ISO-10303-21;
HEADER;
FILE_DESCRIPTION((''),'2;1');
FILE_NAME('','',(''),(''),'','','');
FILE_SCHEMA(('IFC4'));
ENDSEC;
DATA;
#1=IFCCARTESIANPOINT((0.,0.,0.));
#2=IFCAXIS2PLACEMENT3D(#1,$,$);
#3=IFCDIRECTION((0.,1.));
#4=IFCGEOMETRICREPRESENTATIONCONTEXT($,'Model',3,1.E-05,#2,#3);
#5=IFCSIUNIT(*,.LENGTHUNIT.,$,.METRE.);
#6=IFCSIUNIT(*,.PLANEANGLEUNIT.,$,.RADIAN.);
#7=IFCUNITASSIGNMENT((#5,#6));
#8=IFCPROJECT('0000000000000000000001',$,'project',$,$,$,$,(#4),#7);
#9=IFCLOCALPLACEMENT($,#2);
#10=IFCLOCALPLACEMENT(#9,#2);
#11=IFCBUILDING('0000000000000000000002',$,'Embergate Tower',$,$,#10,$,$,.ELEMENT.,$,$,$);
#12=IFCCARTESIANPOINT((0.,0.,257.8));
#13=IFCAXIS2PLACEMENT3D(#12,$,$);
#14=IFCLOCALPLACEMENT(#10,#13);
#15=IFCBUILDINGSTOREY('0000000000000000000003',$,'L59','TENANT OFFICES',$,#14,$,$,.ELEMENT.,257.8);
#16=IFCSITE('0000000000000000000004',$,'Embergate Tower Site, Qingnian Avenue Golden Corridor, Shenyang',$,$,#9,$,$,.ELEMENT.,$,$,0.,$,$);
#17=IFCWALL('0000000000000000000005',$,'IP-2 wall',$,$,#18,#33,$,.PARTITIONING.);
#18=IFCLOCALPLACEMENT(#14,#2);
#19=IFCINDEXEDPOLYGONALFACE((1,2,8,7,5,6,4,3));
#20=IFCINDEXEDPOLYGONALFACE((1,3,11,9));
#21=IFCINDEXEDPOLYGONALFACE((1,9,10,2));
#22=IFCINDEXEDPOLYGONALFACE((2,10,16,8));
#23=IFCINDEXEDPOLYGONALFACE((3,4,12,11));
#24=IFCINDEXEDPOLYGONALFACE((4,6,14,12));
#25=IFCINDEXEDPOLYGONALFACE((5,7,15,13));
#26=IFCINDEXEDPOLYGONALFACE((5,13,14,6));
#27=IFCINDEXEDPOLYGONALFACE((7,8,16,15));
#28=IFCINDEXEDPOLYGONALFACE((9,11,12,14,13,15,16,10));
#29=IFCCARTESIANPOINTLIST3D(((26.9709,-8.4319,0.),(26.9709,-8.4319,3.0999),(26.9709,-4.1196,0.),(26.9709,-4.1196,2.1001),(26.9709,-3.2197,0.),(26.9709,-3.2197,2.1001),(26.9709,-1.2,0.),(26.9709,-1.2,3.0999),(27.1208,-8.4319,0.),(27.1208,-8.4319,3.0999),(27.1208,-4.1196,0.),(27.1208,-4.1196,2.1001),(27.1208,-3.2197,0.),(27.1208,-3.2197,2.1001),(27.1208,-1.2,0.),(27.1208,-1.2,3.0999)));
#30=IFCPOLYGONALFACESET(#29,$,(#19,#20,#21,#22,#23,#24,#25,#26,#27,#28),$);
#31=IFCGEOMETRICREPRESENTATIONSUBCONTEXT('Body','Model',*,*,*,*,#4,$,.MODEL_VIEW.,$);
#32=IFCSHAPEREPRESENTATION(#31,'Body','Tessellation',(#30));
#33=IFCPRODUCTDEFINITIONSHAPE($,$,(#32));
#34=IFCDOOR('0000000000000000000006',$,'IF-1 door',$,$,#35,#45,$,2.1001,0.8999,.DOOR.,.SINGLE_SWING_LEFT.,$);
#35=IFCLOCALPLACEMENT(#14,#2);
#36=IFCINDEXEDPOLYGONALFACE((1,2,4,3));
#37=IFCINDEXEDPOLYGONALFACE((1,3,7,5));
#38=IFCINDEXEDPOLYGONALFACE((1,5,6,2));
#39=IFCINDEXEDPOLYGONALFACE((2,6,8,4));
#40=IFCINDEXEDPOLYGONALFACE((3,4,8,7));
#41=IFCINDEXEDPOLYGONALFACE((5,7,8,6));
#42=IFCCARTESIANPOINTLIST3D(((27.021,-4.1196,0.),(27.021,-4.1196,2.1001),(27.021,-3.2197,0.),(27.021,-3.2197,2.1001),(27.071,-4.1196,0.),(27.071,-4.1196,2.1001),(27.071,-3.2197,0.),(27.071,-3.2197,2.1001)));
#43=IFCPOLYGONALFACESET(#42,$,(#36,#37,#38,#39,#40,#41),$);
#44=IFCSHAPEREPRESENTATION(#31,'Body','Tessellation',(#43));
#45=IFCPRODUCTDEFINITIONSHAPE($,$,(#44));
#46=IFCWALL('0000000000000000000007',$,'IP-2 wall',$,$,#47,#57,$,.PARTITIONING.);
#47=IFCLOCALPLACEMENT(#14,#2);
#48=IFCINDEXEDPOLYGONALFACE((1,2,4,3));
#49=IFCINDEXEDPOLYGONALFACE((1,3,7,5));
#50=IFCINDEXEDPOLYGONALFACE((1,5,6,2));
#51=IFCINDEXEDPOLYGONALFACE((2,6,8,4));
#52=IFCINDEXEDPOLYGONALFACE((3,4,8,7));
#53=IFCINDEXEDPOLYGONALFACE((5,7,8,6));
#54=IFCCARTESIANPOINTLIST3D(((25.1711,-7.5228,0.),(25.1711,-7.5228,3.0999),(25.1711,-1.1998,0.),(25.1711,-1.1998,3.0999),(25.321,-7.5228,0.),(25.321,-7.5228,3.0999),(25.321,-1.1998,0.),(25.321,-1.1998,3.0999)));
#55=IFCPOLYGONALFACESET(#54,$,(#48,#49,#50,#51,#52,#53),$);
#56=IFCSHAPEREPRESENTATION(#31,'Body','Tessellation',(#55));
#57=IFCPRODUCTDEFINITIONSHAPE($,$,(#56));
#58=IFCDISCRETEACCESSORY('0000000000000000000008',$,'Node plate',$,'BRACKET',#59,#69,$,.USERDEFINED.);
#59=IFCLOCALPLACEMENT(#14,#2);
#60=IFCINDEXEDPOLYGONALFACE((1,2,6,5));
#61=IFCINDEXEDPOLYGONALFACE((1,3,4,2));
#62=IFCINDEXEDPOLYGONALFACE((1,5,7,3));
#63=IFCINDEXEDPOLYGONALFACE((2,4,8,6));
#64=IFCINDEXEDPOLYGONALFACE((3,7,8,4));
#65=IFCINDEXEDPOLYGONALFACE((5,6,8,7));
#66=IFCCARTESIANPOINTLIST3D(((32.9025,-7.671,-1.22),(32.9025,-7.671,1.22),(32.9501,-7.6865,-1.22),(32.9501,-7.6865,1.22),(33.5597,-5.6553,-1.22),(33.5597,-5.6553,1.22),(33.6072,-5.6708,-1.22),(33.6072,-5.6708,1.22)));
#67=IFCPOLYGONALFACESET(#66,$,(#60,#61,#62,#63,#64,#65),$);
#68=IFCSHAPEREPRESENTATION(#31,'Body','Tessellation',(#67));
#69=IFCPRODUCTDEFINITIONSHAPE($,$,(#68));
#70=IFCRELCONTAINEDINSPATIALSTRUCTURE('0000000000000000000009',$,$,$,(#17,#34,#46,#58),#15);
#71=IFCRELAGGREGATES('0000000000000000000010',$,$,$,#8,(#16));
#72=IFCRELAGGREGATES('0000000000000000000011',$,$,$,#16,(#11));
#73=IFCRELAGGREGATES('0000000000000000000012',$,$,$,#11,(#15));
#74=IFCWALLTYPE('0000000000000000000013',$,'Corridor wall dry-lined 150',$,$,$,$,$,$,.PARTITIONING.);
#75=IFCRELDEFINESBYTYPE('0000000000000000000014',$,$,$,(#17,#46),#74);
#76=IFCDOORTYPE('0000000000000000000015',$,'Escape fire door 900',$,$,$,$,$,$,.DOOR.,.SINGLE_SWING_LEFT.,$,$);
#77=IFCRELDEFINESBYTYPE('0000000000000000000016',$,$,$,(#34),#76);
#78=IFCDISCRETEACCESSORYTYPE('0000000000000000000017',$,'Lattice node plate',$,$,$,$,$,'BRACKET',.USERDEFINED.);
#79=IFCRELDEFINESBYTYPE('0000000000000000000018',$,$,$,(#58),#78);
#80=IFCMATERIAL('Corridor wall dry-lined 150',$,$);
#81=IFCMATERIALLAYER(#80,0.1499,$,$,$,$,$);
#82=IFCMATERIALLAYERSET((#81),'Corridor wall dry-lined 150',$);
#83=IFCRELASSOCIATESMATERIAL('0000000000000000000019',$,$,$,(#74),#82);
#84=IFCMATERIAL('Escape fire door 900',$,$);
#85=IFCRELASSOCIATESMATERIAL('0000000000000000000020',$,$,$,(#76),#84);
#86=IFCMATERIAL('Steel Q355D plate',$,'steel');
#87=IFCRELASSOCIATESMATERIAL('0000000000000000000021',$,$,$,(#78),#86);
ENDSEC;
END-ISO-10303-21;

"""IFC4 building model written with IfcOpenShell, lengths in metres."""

from ifc_helpers import new_model, si_unit, direction, frame, frame_2d, origin, origin_2d, place, context, subcontext, project, spatial, rectangle, extrude, source, transform, mapped, material, layer, layer_set, type_object, element, fill, save


model = new_model("IFC4")

# Units and contexts
model_context = context("Model", 3, precision=1e-05, world=origin(), true_north=direction((0.0, 1.0)))
body_context = subcontext(model_context, "Body", "Model", "MODEL_VIEW")
ifc_project = project(units=[si_unit("LENGTHUNIT", "METRE"), si_unit("PLANEANGLEUNIT", "RADIAN")], contexts=[model_context])

# Site, building, storey
site_placement = place(None, origin())
site = spatial("IfcSite", under=ifc_project, at=site_placement, Name="Embergate Tower Site, Qingnian Avenue Golden Corridor, Shenyang", CompositionType="ELEMENT", RefElevation=0.0)
building_placement = place(site_placement, origin())
building = spatial("IfcBuilding", under=site, at=building_placement, Name="Embergate Tower", CompositionType="ELEMENT")
storey_placement = place(building_placement, frame((0.0, 0.0, 257.8)))
storey = spatial("IfcBuildingStorey", under=building, at=storey_placement, Name="L59", Description="TENANT OFFICES", CompositionType="ELEMENT", Elevation=257.8)

# Shared definitions
ifc_material_1 = material(Name="Corridor wall dry-lined 150")
ifc_layer_1 = layer(ifc_material_1, 0.1499)
ifc_layer_set_1 = layer_set([ifc_layer_1], Name="Corridor wall dry-lined 150")
wall_type = type_object("IfcWallType", Name="Corridor wall dry-lined 150", PredefinedType="PARTITIONING", material=ifc_layer_set_1)
shared_shape_1 = source(origin(), body_context, "Body", "SweptSolid", [
    extrude(rectangle(XDim=0.8999, YDim=2.1001, at=frame_2d((0.45, 1.05))), frame((0.0, 0.085, 0.0), z_axis=(0.0, -1.0, 0.0), x_axis=(1.0, 0.0, 0.0)), (0.0, 0.0, 1.0), 0.1699),
])
ifc_material_2 = material(Name="Escape fire door 900")
door_type_1 = type_object("IfcDoorType", Name="Escape fire door 900", OperationType="SINGLE_SWING_LEFT", PredefinedType="DOOR", material=ifc_material_2)
shared_shape_2 = source(origin(), body_context, "Body", "SweptSolid", [
    extrude(rectangle(XDim=0.8999, YDim=2.1001, at=frame_2d((0.45, 1.05))), frame((0.0, 0.0249, 0.0), z_axis=(0.0, -1.0, 0.0), x_axis=(1.0, 0.0, 0.0)), (0.0, 0.0, 1.0), 0.05),
])

# Wall, opening, door
shared_shape_3 = source(origin(), body_context, "Body", "SweptSolid", [
    extrude(rectangle(XDim=7.2319, YDim=0.1499, at=frame_2d((3.616, 0.0))), origin(), (0.0, 0.0, 1.0), 3.0999),
])
wall_1_placement = place(storey_placement, frame((27.0459, -8.4319, 0.0), z_axis=(0.0, 0.0, 1.0), x_axis=(0.0, 1.0, 0.0)))
wall_1 = element("IfcWall", 1, at=wall_1_placement, inside=storey, type_object=wall_type, Name="IP-2 wall", PredefinedType="PARTITIONING", context=body_context, shape_type="MappedRepresentation", body=[
    mapped(shared_shape_3, transform((0.0, 0.0, 0.0))),
])
opening_1_placement = place(wall_1_placement, frame((4.3123, 0.0, 0.0)))
opening_1 = element("IfcOpeningElement", 2, at=opening_1_placement, cuts=wall_1, PredefinedType="OPENING", context=body_context, shape_type="MappedRepresentation", body=[
    mapped(shared_shape_1, transform((0.0, 0.0, 0.0))),
])
door_1_placement = place(opening_1_placement, origin())
door_1 = element("IfcDoor", 3, at=door_1_placement, inside=storey, type_object=door_type_1, Name="IF-1 door", OperationType="SINGLE_SWING_LEFT", OverallHeight=2.1001, OverallWidth=0.8999, PredefinedType="DOOR", context=body_context, shape_type="MappedRepresentation", body=[
    mapped(shared_shape_2, transform((0.0, 0.0, 0.0))),
])
fill(opening_1, door_1)

# Wall
shared_shape_4 = source(origin(), body_context, "Body", "SweptSolid", [
    extrude(rectangle(XDim=6.323, YDim=0.1499, at=frame_2d((3.1616, 0.0))), origin(), (0.0, 0.0, 1.0), 3.0999),
])
wall_2_placement = place(storey_placement, frame((25.2461, -7.5229, 0.0), z_axis=(0.0, 0.0, 1.0), x_axis=(0.0, 1.0, 0.0)))
element("IfcWall", 4, at=wall_2_placement, inside=storey, type_object=wall_type, Name="IP-2 wall", PredefinedType="PARTITIONING", context=body_context, shape_type="MappedRepresentation", body=[
    mapped(shared_shape_4, transform((0.0, 0.0, 0.0))),
])

# Discrete accessory
ifc_material_3 = material(Name="Steel Q355D plate", Category="steel")
discrete_accessory_type = type_object("IfcDiscreteAccessoryType", Name="Lattice node plate", ElementType="BRACKET", PredefinedType="USERDEFINED", material=ifc_material_3)
shared_shape_5 = source(origin(), body_context, "Body", "SweptSolid", [
    extrude(rectangle(XDim=2.1201, YDim=0.05, at=origin_2d()), origin(), (0.0, 0.0, 1.0), 2.4399),
])
discrete_accessory_placement = place(storey_placement, frame((33.2549, -6.6709, -1.22), z_axis=(0.0, 0.0, 1.0), x_axis=(0.309946, 0.950754, 0.0)))
element("IfcDiscreteAccessory", 5, at=discrete_accessory_placement, inside=storey, type_object=discrete_accessory_type, Name="Node plate", ObjectType="BRACKET", PredefinedType="USERDEFINED", context=body_context, shape_type="MappedRepresentation", body=[
    mapped(shared_shape_5, transform((0.0, 0.0, 0.0))),
])

save(model, "model.ifc")
